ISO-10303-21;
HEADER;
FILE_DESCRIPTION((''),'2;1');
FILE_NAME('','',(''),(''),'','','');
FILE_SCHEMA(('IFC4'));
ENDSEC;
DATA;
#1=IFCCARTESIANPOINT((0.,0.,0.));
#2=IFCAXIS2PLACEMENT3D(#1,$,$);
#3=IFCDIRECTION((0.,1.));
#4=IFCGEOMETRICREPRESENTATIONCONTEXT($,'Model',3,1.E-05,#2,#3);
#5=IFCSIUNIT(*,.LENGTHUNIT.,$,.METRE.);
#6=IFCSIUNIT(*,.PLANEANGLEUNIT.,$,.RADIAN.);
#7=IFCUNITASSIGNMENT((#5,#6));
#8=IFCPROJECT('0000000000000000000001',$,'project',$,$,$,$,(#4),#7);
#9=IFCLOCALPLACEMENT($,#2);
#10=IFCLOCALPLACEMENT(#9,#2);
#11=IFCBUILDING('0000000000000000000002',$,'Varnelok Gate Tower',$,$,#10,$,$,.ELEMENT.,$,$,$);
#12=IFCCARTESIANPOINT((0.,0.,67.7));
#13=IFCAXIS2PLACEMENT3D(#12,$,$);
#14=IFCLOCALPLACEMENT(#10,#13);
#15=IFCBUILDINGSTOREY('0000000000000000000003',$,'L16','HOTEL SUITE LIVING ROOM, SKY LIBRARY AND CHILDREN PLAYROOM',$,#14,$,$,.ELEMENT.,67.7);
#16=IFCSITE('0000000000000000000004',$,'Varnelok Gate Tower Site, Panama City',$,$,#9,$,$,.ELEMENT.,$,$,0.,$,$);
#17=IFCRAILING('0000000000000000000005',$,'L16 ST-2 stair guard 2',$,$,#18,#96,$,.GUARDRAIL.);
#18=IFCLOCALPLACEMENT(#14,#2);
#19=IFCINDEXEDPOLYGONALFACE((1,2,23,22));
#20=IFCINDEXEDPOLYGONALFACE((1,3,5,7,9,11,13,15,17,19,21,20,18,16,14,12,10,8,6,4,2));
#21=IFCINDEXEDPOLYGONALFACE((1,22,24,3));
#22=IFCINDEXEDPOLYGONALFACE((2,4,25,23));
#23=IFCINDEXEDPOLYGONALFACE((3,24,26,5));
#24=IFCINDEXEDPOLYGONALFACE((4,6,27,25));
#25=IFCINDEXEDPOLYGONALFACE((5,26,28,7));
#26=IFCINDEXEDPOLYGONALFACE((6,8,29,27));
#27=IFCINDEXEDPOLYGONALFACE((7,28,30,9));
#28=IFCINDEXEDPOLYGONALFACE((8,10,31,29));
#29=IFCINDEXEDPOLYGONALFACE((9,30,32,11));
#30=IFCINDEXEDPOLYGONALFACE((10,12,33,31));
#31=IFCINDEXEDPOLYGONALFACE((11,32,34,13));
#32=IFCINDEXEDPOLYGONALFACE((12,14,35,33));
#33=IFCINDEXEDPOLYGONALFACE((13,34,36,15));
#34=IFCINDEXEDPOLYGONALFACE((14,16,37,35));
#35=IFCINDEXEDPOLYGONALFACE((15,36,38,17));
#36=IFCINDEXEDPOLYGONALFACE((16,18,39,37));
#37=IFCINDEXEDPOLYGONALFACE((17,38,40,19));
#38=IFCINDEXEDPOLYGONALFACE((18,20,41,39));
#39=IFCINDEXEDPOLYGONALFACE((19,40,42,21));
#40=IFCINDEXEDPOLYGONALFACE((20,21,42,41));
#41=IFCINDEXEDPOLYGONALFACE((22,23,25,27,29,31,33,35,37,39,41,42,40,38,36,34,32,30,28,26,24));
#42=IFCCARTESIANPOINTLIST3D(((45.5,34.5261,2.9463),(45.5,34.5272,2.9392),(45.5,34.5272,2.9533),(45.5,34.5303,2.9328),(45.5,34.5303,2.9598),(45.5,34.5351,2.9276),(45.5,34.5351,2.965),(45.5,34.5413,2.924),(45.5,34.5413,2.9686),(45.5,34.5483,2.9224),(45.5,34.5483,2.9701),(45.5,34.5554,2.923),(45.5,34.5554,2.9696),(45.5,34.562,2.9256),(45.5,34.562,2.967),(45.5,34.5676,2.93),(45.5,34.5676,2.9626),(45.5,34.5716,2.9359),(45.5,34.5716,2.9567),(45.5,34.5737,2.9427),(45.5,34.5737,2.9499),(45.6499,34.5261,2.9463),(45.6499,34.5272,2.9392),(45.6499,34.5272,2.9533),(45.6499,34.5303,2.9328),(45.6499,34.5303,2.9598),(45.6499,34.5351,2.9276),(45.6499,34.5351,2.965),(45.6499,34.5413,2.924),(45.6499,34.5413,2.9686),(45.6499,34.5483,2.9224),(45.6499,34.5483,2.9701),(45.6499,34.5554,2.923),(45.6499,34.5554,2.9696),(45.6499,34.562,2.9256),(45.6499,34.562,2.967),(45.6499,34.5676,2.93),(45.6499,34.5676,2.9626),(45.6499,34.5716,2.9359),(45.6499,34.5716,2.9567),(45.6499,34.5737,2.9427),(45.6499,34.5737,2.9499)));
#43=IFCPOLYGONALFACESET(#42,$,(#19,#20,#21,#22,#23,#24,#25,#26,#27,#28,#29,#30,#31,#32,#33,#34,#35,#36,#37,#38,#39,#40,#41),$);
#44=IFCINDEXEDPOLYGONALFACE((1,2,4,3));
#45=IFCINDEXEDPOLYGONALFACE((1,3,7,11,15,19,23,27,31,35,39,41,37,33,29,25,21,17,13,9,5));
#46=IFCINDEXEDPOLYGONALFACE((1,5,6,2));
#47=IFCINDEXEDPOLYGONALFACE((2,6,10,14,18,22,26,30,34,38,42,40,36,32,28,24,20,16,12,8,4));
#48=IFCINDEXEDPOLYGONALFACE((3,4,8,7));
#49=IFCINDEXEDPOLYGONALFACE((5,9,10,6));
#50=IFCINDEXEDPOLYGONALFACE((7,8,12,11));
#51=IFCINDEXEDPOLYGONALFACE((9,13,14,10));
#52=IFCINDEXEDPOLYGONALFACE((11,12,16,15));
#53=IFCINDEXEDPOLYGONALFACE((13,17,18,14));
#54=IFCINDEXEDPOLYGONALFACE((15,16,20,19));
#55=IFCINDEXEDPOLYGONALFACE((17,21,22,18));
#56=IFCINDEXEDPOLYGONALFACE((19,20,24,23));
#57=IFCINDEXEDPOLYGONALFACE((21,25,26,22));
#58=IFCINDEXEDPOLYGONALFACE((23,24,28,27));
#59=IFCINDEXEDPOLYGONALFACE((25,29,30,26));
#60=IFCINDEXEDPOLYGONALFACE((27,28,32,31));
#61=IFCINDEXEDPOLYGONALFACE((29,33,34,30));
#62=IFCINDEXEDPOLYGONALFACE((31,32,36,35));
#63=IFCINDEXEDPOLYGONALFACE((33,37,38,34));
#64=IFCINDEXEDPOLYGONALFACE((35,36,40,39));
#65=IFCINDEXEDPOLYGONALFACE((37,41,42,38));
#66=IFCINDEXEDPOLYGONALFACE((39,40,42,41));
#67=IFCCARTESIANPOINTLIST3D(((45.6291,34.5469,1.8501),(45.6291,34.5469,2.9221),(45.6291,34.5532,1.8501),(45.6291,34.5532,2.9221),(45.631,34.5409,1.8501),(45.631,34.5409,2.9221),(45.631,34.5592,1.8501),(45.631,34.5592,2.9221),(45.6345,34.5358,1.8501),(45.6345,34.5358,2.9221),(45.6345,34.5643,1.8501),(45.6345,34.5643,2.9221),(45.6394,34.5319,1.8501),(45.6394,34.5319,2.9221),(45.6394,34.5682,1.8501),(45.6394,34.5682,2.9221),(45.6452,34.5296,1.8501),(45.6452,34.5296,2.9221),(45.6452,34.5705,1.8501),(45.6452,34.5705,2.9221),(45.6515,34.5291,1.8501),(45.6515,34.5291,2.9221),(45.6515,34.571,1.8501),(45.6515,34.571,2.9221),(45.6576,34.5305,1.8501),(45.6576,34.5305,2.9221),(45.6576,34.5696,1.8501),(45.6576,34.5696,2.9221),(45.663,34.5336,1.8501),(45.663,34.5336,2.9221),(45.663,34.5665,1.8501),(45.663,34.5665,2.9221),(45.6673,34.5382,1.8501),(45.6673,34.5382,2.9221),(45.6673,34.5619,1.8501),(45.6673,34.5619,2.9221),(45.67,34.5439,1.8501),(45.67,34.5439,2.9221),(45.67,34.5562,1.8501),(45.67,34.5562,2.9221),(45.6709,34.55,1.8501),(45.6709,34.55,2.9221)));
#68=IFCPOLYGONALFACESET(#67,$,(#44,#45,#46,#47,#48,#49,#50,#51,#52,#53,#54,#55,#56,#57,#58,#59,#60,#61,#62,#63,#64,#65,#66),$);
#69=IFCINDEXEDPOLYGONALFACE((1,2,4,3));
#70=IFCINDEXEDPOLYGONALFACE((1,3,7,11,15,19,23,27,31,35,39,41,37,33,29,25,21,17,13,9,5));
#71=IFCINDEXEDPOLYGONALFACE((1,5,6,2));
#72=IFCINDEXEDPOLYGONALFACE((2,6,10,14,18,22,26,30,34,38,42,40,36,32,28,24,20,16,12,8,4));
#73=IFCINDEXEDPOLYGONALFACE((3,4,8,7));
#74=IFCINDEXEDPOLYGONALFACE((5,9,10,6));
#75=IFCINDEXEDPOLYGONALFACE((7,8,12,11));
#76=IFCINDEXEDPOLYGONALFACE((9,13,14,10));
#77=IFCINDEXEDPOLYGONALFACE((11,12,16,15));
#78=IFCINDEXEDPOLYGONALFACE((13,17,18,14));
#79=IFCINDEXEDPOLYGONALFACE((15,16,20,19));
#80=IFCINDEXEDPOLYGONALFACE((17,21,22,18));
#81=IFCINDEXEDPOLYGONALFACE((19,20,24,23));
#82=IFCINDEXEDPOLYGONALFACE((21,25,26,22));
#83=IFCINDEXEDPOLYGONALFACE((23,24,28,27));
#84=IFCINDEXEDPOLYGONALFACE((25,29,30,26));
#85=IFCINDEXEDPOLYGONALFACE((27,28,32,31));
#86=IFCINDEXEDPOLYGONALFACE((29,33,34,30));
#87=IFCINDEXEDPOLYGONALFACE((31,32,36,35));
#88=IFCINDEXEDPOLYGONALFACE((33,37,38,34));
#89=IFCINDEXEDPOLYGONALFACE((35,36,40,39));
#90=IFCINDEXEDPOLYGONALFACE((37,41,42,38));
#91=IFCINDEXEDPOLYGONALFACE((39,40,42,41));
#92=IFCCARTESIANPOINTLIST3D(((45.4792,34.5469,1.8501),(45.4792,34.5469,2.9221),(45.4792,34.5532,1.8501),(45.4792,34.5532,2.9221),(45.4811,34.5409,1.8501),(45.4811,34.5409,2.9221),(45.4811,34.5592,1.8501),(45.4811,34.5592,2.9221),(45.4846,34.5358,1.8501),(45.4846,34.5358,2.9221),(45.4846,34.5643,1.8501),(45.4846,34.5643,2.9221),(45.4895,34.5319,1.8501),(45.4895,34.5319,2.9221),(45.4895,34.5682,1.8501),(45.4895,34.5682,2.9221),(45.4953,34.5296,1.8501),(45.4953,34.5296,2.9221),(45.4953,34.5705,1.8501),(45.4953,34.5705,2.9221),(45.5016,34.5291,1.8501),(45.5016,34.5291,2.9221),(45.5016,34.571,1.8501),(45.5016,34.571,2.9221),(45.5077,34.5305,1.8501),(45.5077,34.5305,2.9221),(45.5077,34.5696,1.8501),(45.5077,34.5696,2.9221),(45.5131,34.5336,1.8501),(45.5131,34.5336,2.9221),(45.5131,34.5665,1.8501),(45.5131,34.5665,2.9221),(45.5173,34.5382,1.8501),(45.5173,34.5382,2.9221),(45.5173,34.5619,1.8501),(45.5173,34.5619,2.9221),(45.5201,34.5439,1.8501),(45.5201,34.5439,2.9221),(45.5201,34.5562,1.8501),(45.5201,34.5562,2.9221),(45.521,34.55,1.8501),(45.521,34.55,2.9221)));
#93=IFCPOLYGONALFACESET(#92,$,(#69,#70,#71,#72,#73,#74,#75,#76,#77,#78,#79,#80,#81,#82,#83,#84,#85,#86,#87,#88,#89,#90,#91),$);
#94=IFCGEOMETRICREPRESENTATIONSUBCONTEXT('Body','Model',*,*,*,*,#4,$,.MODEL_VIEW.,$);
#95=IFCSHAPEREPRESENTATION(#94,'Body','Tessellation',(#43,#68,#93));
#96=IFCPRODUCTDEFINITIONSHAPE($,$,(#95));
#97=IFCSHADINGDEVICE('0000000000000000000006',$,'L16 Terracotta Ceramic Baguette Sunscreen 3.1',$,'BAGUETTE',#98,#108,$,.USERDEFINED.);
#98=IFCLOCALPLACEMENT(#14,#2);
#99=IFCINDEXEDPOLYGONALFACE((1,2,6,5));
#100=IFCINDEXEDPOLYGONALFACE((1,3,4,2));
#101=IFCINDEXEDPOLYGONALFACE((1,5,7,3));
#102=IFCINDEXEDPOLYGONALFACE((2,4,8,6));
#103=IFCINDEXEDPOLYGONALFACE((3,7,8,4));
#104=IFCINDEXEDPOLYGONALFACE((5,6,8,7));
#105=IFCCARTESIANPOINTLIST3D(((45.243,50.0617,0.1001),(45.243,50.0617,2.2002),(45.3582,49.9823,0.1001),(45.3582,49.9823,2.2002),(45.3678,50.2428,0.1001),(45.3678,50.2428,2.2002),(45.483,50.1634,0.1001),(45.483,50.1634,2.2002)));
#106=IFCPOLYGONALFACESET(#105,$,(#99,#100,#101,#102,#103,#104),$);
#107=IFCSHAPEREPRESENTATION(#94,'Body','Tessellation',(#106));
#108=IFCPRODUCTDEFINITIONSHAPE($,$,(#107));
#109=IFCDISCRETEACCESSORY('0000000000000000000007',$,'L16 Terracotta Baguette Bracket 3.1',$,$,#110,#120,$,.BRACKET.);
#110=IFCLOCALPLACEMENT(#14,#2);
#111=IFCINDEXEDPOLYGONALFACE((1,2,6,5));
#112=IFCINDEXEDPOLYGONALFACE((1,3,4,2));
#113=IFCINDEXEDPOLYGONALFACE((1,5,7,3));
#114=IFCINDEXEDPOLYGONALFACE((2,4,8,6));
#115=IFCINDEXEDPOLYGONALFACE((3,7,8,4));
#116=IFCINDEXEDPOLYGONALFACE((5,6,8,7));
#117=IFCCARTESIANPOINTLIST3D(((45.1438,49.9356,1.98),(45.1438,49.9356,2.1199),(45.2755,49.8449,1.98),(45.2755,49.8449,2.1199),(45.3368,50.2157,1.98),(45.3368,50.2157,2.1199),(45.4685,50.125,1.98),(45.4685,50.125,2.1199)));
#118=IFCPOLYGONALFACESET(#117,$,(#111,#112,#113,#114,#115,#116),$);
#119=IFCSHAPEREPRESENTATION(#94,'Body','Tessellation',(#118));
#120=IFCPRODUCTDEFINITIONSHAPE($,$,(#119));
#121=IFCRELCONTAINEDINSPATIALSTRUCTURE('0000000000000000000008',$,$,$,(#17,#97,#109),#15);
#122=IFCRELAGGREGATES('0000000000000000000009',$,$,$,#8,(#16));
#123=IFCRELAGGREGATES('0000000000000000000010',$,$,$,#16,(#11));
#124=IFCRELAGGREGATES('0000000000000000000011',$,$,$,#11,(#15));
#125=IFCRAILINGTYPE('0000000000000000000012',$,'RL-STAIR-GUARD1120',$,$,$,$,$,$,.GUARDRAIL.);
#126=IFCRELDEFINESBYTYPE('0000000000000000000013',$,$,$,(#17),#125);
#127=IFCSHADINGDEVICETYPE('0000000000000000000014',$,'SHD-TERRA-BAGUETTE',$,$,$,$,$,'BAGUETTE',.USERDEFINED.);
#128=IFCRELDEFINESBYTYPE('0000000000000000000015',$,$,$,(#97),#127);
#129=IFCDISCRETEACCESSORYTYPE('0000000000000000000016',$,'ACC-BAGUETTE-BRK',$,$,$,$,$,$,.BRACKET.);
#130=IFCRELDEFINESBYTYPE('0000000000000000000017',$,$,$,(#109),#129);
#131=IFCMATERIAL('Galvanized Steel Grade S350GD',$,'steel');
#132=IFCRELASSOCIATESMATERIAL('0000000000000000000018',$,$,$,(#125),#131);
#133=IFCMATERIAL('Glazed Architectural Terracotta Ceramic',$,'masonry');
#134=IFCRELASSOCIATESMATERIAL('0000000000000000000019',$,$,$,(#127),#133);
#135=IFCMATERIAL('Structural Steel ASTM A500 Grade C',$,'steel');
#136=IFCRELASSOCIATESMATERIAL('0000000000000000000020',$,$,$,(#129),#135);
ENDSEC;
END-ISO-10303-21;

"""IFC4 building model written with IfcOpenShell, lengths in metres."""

from ifc_helpers import new_model, si_unit, direction, frame, origin, origin_2d, place, context, subcontext, project, spatial, rectangle, circle, extrude, source, transform, mapped, material, type_object, element, save


model = new_model("IFC4")

# Units and contexts
model_context = context("Model", 3, precision=1e-05, world=origin(), true_north=direction((0.0, 1.0)))
body_context = subcontext(model_context, "Body", "Model", "MODEL_VIEW")
ifc_project = project(units=[si_unit("LENGTHUNIT", "METRE"), si_unit("PLANEANGLEUNIT", "RADIAN")], contexts=[model_context])

# Site, building, storey
site_placement = place(None, origin())
site = spatial("IfcSite", under=ifc_project, at=site_placement, Name="Varnelok Gate Tower Site, Panama City", CompositionType="ELEMENT", RefElevation=0.0)
building_placement = place(site_placement, origin())
building = spatial("IfcBuilding", under=site, at=building_placement, Name="Varnelok Gate Tower", CompositionType="ELEMENT")
storey_placement = place(building_placement, frame((0.0, 0.0, 67.7)))
storey = spatial("IfcBuildingStorey", under=building, at=storey_placement, Name="L16", Description="HOTEL SUITE LIVING ROOM, SKY LIBRARY AND CHILDREN PLAYROOM", CompositionType="ELEMENT", Elevation=67.7)

# Shared definitions
ifc_material_1 = material(Name="Galvanized Steel Grade S350GD", Category="steel")

# Railing
railing_type_1 = type_object("IfcRailingType", Name="RL-STAIR-GUARD1120", PredefinedType="GUARDRAIL", material=ifc_material_1)
railing_1_placement = place(storey_placement, frame((45.6499, 34.55, 1.8501)))
element("IfcRailing", 1, at=railing_1_placement, inside=storey, type_object=railing_type_1, Name="L16 ST-2 stair guard 2", PredefinedType="GUARDRAIL", context=body_context, shape_type="SweptSolid", body=[
    extrude(circle(Radius=0.0239, at=origin_2d()), frame((0.0, 0.0, 1.0962), z_axis=(-1.0, 0.0, 0.0), x_axis=(0.0, -1.0, 0.0)), (0.0, 0.0, 1.0), 0.1499),
    extrude(circle(Radius=0.021, at=origin_2d()), origin(), (0.0, 0.0, 1.0), 1.072),
    extrude(circle(Radius=0.021, at=origin_2d()), frame((-0.1499, 0.0, 0.0)), (0.0, 0.0, 1.0), 1.072),
])

# Shading device
ifc_material_2 = material(Name="Glazed Architectural Terracotta Ceramic", Category="masonry")
shading_device_type = type_object("IfcShadingDeviceType", Name="SHD-TERRA-BAGUETTE", ElementType="BAGUETTE", PredefinedType="USERDEFINED", material=ifc_material_2)
shared_shape_1 = source(origin(), body_context, "Body", "SweptSolid", [
    extrude(rectangle(XDim=0.1399, YDim=0.22, at=origin_2d()), origin(), (0.0, 0.0, 1.0), 2.1001),
])
shading_device_placement = place(storey_placement, frame((45.363, 50.1125, 0.1001), z_axis=(0.0, 0.0, 1.0), x_axis=(0.823533, -0.567269, 0.0)))
element("IfcShadingDevice", 2, at=shading_device_placement, inside=storey, type_object=shading_device_type, Name="L16 Terracotta Ceramic Baguette Sunscreen 3.1", ObjectType="BAGUETTE", PredefinedType="USERDEFINED", context=body_context, shape_type="MappedRepresentation", body=[
    mapped(shared_shape_1, transform((0.0, 0.0, 0.0), scale=1.0)),
])

# Discrete accessory
ifc_material_3 = material(Name="Structural Steel ASTM A500 Grade C", Category="steel")
discrete_accessory_type = type_object("IfcDiscreteAccessoryType", Name="ACC-BAGUETTE-BRK", PredefinedType="BRACKET", material=ifc_material_3)
shared_shape_2 = source(origin(), body_context, "Body", "SweptSolid", [
    extrude(rectangle(XDim=0.1599, YDim=0.3401, at=origin_2d()), origin(), (0.0, 0.0, 1.0), 0.1399),
])
discrete_accessory_placement = place(storey_placement, frame((45.3062, 50.0303, 1.98), z_axis=(0.0, 0.0, 1.0), x_axis=(0.823533, -0.567269, 0.0)))
element("IfcDiscreteAccessory", 3, at=discrete_accessory_placement, inside=storey, type_object=discrete_accessory_type, Name="L16 Terracotta Baguette Bracket 3.1", PredefinedType="BRACKET", context=body_context, shape_type="MappedRepresentation", body=[
    mapped(shared_shape_2, transform((0.0, 0.0, 0.0), scale=1.0)),
])

save(model, "model.ifc")
